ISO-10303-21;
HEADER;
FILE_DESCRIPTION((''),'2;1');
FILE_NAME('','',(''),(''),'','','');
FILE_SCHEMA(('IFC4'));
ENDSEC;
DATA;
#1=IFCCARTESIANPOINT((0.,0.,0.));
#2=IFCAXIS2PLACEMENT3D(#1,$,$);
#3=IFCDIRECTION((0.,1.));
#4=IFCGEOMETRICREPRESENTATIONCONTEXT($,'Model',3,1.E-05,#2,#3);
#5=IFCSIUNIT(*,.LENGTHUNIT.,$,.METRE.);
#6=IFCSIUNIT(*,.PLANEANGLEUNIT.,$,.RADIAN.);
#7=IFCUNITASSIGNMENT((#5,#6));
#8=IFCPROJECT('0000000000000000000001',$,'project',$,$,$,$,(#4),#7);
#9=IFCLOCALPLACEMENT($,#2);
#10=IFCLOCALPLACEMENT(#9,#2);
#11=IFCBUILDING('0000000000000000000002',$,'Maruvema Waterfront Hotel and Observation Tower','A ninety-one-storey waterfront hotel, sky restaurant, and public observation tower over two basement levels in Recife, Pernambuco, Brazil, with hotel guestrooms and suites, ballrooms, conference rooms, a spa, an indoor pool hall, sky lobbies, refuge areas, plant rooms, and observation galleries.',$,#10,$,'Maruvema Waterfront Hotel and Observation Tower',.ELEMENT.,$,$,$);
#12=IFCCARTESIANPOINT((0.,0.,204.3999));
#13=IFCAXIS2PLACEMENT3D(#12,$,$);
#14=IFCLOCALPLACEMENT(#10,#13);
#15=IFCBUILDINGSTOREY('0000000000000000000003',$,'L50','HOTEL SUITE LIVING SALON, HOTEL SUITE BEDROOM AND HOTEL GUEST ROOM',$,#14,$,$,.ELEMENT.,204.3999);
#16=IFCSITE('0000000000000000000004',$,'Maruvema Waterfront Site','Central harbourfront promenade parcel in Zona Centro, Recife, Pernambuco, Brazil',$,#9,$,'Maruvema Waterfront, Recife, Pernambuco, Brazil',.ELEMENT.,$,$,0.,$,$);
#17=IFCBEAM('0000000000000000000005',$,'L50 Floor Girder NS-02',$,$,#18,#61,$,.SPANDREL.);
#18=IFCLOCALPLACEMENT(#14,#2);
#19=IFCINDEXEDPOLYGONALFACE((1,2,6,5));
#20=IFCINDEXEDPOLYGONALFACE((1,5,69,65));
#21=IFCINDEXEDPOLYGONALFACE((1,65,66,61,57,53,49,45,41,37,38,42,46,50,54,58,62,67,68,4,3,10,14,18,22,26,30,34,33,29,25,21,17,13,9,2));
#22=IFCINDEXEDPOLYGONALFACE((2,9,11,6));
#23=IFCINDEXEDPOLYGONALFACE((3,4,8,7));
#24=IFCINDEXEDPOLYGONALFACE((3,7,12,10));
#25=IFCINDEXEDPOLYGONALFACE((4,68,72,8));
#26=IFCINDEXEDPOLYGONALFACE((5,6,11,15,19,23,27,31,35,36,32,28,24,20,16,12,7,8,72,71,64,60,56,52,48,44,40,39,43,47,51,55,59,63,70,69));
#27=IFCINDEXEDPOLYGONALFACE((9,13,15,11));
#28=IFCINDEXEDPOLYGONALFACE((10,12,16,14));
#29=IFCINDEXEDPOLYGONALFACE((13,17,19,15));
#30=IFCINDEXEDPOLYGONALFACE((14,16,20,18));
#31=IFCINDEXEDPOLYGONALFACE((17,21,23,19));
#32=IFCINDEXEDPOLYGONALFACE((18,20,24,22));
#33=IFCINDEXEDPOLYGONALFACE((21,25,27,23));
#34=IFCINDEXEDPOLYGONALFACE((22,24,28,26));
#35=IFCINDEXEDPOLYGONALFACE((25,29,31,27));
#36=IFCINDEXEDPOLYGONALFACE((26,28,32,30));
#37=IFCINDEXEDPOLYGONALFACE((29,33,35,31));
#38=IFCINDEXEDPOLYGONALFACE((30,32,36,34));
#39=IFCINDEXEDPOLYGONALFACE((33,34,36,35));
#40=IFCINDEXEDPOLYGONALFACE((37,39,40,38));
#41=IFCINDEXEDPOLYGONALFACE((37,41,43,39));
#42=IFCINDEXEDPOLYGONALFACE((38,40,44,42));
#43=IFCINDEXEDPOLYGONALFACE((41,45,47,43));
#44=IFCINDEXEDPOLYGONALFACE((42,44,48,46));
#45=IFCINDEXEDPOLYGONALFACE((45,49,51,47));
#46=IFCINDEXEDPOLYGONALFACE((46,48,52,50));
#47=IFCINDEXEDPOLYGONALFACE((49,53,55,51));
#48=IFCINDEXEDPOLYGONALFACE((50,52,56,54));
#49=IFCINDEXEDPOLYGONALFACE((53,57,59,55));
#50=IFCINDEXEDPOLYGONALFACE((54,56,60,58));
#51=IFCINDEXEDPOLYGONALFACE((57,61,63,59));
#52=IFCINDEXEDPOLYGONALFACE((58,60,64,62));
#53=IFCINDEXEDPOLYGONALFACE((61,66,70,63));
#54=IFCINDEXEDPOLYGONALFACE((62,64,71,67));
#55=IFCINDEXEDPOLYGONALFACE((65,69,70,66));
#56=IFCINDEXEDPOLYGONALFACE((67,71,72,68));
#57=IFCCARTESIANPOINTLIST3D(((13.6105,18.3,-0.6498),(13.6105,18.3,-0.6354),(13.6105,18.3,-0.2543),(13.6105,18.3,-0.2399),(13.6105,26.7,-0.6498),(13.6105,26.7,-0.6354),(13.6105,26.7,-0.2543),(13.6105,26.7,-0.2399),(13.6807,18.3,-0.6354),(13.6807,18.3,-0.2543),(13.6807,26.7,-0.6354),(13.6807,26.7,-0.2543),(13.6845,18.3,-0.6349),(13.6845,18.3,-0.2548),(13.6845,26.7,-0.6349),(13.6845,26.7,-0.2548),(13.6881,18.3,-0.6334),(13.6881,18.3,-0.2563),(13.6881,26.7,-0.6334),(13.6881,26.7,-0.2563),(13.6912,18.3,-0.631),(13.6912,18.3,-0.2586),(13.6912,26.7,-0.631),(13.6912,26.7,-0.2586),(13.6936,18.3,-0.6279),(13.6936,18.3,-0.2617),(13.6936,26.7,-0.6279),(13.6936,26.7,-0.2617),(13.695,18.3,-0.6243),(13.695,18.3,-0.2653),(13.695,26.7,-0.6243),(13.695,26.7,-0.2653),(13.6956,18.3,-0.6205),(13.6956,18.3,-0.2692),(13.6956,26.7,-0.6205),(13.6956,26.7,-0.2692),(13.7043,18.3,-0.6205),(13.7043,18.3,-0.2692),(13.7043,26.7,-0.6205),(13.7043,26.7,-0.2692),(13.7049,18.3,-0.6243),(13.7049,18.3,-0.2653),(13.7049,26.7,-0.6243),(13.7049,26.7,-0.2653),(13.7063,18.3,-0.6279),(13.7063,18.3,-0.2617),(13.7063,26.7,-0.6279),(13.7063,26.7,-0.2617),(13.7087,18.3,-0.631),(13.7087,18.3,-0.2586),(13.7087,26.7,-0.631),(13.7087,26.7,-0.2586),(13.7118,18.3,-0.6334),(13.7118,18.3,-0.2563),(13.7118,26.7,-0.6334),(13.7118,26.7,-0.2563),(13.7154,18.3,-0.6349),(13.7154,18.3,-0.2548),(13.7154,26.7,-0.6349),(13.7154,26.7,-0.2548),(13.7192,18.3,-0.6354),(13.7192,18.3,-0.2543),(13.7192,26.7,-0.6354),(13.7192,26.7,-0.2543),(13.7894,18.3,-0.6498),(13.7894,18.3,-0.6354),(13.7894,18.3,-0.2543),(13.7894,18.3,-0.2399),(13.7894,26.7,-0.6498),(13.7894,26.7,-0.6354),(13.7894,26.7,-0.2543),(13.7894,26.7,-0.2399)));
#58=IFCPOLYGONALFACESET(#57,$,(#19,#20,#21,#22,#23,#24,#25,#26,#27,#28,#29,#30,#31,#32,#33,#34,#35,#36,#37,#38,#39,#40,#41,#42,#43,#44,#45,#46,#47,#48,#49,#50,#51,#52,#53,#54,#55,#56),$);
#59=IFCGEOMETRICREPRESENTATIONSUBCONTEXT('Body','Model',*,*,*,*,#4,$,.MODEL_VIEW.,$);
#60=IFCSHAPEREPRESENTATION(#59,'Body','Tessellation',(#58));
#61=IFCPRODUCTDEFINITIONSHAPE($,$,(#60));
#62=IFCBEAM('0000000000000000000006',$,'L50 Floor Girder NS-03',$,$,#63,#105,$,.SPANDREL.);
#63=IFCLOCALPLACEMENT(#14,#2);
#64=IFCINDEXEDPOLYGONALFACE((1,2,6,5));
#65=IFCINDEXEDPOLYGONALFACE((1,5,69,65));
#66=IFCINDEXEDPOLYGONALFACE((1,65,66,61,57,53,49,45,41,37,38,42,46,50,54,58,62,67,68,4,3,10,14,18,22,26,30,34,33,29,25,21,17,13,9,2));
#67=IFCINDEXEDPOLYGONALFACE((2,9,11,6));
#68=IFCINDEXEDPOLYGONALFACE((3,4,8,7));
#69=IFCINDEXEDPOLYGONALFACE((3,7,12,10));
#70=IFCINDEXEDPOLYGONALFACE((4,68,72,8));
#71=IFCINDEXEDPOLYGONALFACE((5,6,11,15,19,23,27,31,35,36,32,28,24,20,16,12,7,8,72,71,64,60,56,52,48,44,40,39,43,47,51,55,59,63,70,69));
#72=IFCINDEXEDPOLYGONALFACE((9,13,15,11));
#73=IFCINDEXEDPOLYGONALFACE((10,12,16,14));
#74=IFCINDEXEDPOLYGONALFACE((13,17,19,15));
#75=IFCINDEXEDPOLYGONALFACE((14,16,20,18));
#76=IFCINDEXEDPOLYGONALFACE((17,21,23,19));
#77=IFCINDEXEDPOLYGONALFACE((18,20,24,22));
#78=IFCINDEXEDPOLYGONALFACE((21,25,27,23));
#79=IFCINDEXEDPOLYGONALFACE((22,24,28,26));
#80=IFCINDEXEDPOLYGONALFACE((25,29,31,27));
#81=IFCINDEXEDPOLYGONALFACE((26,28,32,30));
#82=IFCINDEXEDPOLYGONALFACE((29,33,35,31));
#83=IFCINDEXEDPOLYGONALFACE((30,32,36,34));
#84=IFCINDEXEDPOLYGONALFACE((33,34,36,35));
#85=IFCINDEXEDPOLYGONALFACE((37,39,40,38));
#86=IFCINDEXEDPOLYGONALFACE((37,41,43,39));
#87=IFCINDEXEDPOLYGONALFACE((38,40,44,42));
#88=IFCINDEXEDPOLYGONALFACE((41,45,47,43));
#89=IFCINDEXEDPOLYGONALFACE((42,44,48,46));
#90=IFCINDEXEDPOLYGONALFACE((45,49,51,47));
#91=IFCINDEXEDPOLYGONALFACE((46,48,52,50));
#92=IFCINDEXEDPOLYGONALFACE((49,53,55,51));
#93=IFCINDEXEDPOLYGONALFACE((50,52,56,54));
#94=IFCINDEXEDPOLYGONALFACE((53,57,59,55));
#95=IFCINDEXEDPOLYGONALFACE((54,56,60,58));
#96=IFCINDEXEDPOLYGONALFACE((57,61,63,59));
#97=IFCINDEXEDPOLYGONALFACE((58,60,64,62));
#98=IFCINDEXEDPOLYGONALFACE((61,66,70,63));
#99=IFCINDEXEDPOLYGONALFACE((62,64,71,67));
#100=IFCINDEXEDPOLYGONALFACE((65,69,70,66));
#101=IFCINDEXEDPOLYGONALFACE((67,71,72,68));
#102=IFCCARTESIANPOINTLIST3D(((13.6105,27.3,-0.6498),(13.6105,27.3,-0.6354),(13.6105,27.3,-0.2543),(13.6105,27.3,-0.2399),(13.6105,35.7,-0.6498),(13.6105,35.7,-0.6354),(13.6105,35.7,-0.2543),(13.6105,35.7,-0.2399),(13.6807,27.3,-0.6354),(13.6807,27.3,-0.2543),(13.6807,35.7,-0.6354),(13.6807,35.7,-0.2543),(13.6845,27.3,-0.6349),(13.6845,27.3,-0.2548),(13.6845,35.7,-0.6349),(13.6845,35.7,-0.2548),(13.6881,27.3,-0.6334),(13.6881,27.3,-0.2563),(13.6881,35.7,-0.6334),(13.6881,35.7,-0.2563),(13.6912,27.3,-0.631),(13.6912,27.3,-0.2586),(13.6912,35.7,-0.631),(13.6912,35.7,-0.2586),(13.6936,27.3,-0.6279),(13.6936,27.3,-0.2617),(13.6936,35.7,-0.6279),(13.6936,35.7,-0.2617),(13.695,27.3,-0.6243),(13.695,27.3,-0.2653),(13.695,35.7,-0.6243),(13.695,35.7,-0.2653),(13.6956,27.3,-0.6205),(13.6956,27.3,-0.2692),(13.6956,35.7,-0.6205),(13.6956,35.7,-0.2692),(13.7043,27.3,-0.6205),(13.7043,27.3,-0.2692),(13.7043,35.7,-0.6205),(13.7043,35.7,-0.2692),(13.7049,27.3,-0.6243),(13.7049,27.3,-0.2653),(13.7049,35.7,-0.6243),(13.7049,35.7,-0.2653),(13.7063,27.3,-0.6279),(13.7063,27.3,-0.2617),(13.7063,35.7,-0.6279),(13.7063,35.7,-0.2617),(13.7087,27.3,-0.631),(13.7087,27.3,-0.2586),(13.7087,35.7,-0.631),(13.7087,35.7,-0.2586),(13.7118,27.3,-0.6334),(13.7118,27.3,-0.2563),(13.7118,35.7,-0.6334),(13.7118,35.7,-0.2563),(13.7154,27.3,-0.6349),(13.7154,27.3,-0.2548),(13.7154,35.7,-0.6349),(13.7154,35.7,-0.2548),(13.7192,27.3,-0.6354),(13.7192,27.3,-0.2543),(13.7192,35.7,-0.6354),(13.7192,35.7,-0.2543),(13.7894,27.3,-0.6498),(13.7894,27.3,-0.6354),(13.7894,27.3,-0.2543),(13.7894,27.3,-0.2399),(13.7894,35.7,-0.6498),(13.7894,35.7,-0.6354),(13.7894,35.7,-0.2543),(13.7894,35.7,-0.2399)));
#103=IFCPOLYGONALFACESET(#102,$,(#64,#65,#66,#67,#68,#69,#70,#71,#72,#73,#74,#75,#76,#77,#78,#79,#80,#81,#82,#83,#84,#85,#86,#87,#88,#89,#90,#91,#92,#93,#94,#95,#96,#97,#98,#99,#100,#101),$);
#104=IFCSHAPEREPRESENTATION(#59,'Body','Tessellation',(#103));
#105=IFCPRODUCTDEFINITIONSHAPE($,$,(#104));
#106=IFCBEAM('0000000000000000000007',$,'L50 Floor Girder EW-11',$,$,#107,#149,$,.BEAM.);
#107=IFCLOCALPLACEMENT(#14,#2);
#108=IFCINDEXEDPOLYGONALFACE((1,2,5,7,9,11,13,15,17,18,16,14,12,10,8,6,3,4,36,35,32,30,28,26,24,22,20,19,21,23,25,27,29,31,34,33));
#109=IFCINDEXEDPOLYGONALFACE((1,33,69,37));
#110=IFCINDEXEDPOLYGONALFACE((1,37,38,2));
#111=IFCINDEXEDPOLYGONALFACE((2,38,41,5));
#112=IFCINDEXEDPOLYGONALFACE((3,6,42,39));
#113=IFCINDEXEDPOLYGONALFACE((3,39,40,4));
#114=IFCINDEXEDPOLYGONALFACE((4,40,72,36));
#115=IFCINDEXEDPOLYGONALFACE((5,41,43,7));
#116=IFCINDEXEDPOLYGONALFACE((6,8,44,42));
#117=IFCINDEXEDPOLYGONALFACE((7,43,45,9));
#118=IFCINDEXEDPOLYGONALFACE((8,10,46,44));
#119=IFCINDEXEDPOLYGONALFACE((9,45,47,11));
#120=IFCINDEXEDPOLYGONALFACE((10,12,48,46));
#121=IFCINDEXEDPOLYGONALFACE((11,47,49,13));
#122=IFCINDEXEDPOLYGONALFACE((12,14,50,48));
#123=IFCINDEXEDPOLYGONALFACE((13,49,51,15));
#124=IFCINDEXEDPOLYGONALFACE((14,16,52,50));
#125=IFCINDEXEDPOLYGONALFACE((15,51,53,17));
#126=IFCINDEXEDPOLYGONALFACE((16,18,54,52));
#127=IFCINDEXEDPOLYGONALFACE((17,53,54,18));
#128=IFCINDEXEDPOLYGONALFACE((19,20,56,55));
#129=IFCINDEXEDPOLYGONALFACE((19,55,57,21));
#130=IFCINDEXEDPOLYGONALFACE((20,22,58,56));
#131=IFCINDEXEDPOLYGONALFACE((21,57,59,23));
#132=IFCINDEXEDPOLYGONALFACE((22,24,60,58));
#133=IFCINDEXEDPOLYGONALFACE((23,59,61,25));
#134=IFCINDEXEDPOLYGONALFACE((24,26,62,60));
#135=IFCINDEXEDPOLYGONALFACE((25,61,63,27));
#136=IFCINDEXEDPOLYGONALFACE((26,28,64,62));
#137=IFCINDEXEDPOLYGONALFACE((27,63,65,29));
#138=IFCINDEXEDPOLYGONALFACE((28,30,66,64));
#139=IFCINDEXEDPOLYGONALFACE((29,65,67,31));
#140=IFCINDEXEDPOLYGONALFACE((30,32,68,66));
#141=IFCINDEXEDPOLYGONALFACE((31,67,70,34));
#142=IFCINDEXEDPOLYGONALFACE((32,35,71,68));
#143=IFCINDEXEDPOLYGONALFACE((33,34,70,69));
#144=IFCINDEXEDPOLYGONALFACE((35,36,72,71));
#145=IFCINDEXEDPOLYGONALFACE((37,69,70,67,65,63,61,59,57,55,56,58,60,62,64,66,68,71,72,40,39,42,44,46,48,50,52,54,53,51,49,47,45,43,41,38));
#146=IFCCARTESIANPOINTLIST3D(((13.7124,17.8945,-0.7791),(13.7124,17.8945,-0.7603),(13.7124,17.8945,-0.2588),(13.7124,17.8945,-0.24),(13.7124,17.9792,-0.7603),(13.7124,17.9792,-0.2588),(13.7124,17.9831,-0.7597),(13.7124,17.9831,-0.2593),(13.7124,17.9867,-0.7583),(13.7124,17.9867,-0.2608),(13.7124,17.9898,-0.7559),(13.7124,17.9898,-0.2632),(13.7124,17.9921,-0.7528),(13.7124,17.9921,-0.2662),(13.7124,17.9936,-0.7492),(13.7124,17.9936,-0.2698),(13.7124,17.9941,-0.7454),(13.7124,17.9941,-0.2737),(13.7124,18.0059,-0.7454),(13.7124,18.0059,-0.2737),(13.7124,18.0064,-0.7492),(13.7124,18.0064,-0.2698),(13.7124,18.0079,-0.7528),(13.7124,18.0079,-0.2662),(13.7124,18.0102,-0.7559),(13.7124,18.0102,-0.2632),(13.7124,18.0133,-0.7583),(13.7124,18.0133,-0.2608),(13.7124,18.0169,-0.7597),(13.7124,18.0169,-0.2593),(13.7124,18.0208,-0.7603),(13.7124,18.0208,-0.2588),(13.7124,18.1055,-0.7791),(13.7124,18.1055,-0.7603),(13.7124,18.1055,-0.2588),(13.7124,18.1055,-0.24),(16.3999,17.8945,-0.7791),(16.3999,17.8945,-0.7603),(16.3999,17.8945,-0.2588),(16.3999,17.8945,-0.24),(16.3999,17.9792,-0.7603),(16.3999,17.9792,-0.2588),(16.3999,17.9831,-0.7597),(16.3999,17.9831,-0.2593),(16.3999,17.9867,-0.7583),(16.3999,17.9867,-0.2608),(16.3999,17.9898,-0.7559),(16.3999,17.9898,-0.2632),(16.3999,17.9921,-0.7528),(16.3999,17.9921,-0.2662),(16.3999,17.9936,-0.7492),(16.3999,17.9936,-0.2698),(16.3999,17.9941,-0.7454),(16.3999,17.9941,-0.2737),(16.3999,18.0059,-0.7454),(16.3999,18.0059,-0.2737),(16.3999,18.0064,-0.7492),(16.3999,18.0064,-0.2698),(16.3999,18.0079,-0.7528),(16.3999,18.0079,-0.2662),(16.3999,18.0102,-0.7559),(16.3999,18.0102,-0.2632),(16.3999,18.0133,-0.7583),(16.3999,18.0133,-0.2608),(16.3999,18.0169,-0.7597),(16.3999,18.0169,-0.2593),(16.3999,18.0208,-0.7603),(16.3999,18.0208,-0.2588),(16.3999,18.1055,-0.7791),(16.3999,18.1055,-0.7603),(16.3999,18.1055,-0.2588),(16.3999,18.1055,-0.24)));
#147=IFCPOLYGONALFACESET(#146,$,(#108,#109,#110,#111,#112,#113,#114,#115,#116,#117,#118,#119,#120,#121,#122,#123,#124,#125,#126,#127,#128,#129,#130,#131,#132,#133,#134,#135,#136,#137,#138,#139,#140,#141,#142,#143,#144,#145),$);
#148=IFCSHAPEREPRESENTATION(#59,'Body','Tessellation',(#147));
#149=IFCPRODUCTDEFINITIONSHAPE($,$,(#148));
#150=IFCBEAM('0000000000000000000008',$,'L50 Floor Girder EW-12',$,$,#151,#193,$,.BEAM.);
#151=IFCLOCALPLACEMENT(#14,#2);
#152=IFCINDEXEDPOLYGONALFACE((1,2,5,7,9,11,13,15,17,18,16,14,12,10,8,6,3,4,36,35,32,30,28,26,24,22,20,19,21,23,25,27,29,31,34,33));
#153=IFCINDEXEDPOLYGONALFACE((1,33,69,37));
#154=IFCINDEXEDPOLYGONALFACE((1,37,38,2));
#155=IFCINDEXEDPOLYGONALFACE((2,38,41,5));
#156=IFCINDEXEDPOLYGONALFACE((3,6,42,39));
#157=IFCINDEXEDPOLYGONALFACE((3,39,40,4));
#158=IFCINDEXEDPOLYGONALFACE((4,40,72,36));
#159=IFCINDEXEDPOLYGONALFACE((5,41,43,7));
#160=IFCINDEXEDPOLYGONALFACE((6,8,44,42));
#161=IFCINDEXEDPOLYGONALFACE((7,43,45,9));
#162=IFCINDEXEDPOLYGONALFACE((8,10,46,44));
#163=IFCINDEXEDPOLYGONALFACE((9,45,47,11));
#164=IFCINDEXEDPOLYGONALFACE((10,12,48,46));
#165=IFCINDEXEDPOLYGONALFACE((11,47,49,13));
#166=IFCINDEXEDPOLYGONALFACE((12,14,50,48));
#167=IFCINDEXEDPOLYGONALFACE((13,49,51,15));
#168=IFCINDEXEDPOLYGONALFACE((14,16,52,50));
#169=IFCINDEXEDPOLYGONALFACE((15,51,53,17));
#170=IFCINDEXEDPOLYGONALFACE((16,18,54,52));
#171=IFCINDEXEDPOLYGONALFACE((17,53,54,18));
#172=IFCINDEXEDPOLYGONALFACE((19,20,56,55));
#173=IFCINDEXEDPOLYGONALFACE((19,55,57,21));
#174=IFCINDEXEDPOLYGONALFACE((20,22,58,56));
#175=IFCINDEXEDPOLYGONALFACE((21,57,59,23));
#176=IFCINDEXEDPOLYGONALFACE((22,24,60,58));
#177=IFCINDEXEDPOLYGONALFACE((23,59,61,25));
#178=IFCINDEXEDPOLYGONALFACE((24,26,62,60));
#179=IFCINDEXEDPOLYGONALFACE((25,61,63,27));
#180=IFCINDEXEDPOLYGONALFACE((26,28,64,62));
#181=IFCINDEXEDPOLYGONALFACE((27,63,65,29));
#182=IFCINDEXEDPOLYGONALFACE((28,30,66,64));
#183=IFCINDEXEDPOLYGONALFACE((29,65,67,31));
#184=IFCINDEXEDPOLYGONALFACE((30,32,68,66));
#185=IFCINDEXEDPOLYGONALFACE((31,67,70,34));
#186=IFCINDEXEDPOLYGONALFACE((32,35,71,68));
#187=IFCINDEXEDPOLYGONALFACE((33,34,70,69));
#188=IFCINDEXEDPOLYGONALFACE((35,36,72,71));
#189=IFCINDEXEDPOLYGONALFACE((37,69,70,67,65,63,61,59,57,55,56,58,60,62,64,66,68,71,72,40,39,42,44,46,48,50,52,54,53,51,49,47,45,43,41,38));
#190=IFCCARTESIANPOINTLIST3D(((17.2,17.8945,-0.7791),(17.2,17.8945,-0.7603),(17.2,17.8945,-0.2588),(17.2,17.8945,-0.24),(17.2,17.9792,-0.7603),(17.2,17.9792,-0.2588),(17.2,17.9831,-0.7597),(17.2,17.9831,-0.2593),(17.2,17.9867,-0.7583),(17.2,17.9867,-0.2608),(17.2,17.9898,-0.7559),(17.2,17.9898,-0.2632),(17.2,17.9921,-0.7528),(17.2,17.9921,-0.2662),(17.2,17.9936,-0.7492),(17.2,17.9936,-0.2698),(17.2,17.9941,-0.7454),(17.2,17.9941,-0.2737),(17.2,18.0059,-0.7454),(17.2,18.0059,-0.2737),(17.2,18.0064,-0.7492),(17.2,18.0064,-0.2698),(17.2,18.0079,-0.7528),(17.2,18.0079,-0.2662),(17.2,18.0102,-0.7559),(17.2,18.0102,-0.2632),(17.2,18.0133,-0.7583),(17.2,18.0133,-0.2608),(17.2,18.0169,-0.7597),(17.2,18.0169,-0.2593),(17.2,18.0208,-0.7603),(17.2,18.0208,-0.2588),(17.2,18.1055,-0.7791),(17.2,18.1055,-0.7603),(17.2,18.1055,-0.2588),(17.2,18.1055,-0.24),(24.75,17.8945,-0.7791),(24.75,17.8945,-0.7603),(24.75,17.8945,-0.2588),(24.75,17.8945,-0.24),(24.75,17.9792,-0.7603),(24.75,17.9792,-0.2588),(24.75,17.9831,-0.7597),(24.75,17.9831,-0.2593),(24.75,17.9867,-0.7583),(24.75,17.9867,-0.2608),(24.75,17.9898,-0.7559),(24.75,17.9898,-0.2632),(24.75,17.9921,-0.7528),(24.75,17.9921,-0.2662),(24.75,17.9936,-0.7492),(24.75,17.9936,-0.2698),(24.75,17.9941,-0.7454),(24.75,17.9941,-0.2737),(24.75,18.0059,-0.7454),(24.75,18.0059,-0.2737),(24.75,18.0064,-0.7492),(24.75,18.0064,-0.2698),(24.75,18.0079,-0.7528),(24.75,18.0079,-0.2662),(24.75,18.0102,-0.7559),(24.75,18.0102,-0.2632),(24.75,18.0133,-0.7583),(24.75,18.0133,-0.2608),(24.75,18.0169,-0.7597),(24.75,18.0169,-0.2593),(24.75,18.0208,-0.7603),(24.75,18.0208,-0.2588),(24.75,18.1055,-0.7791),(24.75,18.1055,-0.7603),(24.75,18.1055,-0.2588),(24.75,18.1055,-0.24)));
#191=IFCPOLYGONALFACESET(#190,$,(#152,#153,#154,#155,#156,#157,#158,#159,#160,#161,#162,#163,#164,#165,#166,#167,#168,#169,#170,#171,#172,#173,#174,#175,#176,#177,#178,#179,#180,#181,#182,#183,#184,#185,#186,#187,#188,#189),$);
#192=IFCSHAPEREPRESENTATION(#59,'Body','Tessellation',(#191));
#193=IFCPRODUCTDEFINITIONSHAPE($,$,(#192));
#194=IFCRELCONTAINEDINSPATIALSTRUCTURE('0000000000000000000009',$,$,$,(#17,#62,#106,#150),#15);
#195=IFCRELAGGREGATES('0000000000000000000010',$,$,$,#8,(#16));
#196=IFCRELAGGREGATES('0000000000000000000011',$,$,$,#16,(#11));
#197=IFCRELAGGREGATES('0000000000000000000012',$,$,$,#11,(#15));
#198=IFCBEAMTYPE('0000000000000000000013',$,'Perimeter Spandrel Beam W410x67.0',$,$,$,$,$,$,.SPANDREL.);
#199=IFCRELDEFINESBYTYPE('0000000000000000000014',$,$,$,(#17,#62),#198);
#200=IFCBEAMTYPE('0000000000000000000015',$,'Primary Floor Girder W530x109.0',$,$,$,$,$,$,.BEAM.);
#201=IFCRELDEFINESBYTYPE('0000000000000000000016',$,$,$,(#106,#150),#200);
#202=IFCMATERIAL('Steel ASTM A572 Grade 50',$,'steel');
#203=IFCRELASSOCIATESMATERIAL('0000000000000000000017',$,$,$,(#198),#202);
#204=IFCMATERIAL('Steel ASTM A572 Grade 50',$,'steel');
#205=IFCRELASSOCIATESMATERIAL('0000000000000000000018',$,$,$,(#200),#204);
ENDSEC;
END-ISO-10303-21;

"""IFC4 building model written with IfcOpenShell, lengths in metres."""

from ifc_helpers import new_model, si_unit, direction, frame, origin, origin_2d, place, context, subcontext, project, spatial, i_section, extrude, material, material_profile, profile_set, type_object, element, save


model = new_model("IFC4")

# Units and contexts
model_context = context("Model", 3, precision=1e-05, world=origin(), true_north=direction((0.0, 1.0)))
body_context = subcontext(model_context, "Body", "Model", "MODEL_VIEW")
ifc_project = project(units=[si_unit("LENGTHUNIT", "METRE"), si_unit("PLANEANGLEUNIT", "RADIAN")], contexts=[model_context])

# Site, building, storey
site_placement = place(None, origin())
site = spatial("IfcSite", under=ifc_project, at=site_placement, Name="Maruvema Waterfront Site", Description="Central harbourfront promenade parcel in Zona Centro, Recife, Pernambuco, Brazil", LongName="Maruvema Waterfront, Recife, Pernambuco, Brazil", CompositionType="ELEMENT", RefElevation=0.0)
building_placement = place(site_placement, origin())
building = spatial("IfcBuilding", under=site, at=building_placement, Name="Maruvema Waterfront Hotel and Observation Tower", Description="A ninety-one-storey waterfront hotel, sky restaurant, and public observation tower over two basement levels in Recife, Pernambuco, Brazil, with hotel guestrooms and suites, ballrooms, conference rooms, a spa, an indoor pool hall, sky lobbies, refuge areas, plant rooms, and observation galleries.", LongName="Maruvema Waterfront Hotel and Observation Tower", CompositionType="ELEMENT")
storey_placement = place(building_placement, frame((0.0, 0.0, 204.3999)))
storey = spatial("IfcBuildingStorey", under=building, at=storey_placement, Name="L50", Description="HOTEL SUITE LIVING SALON, HOTEL SUITE BEDROOM AND HOTEL GUEST ROOM", CompositionType="ELEMENT", Elevation=204.3999)

# Beams
ifc_material_1 = material(Name="Steel ASTM A572 Grade 50", Category="steel")
ifc_material_profile_1 = material_profile(ifc_material_1, i_section(OverallWidth=0.179, OverallDepth=0.4099, WebThickness=0.0088, FlangeThickness=0.0144, FilletRadius=0.0149, at=origin_2d()), Name="W410x67.0")
ifc_profile_set_1 = profile_set([ifc_material_profile_1], Name="Steel ASTM A572 Grade 50")
beam_type_1 = type_object("IfcBeamType", Name="Perimeter Spandrel Beam W410x67.0", PredefinedType="SPANDREL", material=ifc_profile_set_1)
for number, where, z_axis, x_axis, name in (
    (1, (13.7, 18.3, -0.4448), (0.0, 1.0, 0.0), (-1.0, 0.0, 0.0), "L50 Floor Girder NS-02"),
    (2, (13.7, 27.3, -0.4448), (0.0, 1.0, 0.0), (-1.0, 0.0, 0.0), "L50 Floor Girder NS-03"),
):
    element("IfcBeam", number, at=place(storey_placement, frame(where, z_axis=z_axis, x_axis=x_axis)), inside=storey, type_object=beam_type_1, Name=name, PredefinedType="SPANDREL", context=body_context, shape_type="SweptSolid", body=[
        extrude(i_section(OverallWidth=0.179, OverallDepth=0.4099, WebThickness=0.0088, FlangeThickness=0.0144, FilletRadius=0.0149, at=origin_2d()), origin(), (0.0, 0.0, 1.0), 8.3999),
    ])
ifc_material_2 = material(Name="Steel ASTM A572 Grade 50", Category="steel")
ifc_material_profile_2 = material_profile(ifc_material_2, i_section(OverallWidth=0.2109, OverallDepth=0.5391, WebThickness=0.0117, FlangeThickness=0.0188, FilletRadius=0.0149, at=origin_2d()), Name="W530x109.0")
ifc_profile_set_2 = profile_set([ifc_material_profile_2], Name="Steel ASTM A572 Grade 50")
beam_type_2 = type_object("IfcBeamType", Name="Primary Floor Girder W530x109.0", PredefinedType="BEAM", material=ifc_profile_set_2)
beam_1_placement = place(storey_placement, frame((13.7124, 18.0, -0.5095), z_axis=(1.0, 0.0, 0.0), x_axis=(0.0, 1.0, 0.0)))
element("IfcBeam", 3, at=beam_1_placement, inside=storey, type_object=beam_type_2, Name="L50 Floor Girder EW-11", PredefinedType="BEAM", context=body_context, shape_type="SweptSolid", body=[
    extrude(i_section(OverallWidth=0.2109, OverallDepth=0.5391, WebThickness=0.0117, FlangeThickness=0.0188, FilletRadius=0.0149, at=origin_2d()), origin(), (0.0, 0.0, 1.0), 2.6875),
])
beam_2_placement = place(storey_placement, frame((17.2, 18.0, -0.5095), z_axis=(1.0, 0.0, 0.0), x_axis=(0.0, 1.0, 0.0)))
element("IfcBeam", 4, at=beam_2_placement, inside=storey, type_object=beam_type_2, Name="L50 Floor Girder EW-12", PredefinedType="BEAM", context=body_context, shape_type="SweptSolid", body=[
    extrude(i_section(OverallWidth=0.2109, OverallDepth=0.5391, WebThickness=0.0117, FlangeThickness=0.0188, FilletRadius=0.0149, at=origin_2d()), origin(), (0.0, 0.0, 1.0), 7.55),
])

save(model, "model.ifc")
